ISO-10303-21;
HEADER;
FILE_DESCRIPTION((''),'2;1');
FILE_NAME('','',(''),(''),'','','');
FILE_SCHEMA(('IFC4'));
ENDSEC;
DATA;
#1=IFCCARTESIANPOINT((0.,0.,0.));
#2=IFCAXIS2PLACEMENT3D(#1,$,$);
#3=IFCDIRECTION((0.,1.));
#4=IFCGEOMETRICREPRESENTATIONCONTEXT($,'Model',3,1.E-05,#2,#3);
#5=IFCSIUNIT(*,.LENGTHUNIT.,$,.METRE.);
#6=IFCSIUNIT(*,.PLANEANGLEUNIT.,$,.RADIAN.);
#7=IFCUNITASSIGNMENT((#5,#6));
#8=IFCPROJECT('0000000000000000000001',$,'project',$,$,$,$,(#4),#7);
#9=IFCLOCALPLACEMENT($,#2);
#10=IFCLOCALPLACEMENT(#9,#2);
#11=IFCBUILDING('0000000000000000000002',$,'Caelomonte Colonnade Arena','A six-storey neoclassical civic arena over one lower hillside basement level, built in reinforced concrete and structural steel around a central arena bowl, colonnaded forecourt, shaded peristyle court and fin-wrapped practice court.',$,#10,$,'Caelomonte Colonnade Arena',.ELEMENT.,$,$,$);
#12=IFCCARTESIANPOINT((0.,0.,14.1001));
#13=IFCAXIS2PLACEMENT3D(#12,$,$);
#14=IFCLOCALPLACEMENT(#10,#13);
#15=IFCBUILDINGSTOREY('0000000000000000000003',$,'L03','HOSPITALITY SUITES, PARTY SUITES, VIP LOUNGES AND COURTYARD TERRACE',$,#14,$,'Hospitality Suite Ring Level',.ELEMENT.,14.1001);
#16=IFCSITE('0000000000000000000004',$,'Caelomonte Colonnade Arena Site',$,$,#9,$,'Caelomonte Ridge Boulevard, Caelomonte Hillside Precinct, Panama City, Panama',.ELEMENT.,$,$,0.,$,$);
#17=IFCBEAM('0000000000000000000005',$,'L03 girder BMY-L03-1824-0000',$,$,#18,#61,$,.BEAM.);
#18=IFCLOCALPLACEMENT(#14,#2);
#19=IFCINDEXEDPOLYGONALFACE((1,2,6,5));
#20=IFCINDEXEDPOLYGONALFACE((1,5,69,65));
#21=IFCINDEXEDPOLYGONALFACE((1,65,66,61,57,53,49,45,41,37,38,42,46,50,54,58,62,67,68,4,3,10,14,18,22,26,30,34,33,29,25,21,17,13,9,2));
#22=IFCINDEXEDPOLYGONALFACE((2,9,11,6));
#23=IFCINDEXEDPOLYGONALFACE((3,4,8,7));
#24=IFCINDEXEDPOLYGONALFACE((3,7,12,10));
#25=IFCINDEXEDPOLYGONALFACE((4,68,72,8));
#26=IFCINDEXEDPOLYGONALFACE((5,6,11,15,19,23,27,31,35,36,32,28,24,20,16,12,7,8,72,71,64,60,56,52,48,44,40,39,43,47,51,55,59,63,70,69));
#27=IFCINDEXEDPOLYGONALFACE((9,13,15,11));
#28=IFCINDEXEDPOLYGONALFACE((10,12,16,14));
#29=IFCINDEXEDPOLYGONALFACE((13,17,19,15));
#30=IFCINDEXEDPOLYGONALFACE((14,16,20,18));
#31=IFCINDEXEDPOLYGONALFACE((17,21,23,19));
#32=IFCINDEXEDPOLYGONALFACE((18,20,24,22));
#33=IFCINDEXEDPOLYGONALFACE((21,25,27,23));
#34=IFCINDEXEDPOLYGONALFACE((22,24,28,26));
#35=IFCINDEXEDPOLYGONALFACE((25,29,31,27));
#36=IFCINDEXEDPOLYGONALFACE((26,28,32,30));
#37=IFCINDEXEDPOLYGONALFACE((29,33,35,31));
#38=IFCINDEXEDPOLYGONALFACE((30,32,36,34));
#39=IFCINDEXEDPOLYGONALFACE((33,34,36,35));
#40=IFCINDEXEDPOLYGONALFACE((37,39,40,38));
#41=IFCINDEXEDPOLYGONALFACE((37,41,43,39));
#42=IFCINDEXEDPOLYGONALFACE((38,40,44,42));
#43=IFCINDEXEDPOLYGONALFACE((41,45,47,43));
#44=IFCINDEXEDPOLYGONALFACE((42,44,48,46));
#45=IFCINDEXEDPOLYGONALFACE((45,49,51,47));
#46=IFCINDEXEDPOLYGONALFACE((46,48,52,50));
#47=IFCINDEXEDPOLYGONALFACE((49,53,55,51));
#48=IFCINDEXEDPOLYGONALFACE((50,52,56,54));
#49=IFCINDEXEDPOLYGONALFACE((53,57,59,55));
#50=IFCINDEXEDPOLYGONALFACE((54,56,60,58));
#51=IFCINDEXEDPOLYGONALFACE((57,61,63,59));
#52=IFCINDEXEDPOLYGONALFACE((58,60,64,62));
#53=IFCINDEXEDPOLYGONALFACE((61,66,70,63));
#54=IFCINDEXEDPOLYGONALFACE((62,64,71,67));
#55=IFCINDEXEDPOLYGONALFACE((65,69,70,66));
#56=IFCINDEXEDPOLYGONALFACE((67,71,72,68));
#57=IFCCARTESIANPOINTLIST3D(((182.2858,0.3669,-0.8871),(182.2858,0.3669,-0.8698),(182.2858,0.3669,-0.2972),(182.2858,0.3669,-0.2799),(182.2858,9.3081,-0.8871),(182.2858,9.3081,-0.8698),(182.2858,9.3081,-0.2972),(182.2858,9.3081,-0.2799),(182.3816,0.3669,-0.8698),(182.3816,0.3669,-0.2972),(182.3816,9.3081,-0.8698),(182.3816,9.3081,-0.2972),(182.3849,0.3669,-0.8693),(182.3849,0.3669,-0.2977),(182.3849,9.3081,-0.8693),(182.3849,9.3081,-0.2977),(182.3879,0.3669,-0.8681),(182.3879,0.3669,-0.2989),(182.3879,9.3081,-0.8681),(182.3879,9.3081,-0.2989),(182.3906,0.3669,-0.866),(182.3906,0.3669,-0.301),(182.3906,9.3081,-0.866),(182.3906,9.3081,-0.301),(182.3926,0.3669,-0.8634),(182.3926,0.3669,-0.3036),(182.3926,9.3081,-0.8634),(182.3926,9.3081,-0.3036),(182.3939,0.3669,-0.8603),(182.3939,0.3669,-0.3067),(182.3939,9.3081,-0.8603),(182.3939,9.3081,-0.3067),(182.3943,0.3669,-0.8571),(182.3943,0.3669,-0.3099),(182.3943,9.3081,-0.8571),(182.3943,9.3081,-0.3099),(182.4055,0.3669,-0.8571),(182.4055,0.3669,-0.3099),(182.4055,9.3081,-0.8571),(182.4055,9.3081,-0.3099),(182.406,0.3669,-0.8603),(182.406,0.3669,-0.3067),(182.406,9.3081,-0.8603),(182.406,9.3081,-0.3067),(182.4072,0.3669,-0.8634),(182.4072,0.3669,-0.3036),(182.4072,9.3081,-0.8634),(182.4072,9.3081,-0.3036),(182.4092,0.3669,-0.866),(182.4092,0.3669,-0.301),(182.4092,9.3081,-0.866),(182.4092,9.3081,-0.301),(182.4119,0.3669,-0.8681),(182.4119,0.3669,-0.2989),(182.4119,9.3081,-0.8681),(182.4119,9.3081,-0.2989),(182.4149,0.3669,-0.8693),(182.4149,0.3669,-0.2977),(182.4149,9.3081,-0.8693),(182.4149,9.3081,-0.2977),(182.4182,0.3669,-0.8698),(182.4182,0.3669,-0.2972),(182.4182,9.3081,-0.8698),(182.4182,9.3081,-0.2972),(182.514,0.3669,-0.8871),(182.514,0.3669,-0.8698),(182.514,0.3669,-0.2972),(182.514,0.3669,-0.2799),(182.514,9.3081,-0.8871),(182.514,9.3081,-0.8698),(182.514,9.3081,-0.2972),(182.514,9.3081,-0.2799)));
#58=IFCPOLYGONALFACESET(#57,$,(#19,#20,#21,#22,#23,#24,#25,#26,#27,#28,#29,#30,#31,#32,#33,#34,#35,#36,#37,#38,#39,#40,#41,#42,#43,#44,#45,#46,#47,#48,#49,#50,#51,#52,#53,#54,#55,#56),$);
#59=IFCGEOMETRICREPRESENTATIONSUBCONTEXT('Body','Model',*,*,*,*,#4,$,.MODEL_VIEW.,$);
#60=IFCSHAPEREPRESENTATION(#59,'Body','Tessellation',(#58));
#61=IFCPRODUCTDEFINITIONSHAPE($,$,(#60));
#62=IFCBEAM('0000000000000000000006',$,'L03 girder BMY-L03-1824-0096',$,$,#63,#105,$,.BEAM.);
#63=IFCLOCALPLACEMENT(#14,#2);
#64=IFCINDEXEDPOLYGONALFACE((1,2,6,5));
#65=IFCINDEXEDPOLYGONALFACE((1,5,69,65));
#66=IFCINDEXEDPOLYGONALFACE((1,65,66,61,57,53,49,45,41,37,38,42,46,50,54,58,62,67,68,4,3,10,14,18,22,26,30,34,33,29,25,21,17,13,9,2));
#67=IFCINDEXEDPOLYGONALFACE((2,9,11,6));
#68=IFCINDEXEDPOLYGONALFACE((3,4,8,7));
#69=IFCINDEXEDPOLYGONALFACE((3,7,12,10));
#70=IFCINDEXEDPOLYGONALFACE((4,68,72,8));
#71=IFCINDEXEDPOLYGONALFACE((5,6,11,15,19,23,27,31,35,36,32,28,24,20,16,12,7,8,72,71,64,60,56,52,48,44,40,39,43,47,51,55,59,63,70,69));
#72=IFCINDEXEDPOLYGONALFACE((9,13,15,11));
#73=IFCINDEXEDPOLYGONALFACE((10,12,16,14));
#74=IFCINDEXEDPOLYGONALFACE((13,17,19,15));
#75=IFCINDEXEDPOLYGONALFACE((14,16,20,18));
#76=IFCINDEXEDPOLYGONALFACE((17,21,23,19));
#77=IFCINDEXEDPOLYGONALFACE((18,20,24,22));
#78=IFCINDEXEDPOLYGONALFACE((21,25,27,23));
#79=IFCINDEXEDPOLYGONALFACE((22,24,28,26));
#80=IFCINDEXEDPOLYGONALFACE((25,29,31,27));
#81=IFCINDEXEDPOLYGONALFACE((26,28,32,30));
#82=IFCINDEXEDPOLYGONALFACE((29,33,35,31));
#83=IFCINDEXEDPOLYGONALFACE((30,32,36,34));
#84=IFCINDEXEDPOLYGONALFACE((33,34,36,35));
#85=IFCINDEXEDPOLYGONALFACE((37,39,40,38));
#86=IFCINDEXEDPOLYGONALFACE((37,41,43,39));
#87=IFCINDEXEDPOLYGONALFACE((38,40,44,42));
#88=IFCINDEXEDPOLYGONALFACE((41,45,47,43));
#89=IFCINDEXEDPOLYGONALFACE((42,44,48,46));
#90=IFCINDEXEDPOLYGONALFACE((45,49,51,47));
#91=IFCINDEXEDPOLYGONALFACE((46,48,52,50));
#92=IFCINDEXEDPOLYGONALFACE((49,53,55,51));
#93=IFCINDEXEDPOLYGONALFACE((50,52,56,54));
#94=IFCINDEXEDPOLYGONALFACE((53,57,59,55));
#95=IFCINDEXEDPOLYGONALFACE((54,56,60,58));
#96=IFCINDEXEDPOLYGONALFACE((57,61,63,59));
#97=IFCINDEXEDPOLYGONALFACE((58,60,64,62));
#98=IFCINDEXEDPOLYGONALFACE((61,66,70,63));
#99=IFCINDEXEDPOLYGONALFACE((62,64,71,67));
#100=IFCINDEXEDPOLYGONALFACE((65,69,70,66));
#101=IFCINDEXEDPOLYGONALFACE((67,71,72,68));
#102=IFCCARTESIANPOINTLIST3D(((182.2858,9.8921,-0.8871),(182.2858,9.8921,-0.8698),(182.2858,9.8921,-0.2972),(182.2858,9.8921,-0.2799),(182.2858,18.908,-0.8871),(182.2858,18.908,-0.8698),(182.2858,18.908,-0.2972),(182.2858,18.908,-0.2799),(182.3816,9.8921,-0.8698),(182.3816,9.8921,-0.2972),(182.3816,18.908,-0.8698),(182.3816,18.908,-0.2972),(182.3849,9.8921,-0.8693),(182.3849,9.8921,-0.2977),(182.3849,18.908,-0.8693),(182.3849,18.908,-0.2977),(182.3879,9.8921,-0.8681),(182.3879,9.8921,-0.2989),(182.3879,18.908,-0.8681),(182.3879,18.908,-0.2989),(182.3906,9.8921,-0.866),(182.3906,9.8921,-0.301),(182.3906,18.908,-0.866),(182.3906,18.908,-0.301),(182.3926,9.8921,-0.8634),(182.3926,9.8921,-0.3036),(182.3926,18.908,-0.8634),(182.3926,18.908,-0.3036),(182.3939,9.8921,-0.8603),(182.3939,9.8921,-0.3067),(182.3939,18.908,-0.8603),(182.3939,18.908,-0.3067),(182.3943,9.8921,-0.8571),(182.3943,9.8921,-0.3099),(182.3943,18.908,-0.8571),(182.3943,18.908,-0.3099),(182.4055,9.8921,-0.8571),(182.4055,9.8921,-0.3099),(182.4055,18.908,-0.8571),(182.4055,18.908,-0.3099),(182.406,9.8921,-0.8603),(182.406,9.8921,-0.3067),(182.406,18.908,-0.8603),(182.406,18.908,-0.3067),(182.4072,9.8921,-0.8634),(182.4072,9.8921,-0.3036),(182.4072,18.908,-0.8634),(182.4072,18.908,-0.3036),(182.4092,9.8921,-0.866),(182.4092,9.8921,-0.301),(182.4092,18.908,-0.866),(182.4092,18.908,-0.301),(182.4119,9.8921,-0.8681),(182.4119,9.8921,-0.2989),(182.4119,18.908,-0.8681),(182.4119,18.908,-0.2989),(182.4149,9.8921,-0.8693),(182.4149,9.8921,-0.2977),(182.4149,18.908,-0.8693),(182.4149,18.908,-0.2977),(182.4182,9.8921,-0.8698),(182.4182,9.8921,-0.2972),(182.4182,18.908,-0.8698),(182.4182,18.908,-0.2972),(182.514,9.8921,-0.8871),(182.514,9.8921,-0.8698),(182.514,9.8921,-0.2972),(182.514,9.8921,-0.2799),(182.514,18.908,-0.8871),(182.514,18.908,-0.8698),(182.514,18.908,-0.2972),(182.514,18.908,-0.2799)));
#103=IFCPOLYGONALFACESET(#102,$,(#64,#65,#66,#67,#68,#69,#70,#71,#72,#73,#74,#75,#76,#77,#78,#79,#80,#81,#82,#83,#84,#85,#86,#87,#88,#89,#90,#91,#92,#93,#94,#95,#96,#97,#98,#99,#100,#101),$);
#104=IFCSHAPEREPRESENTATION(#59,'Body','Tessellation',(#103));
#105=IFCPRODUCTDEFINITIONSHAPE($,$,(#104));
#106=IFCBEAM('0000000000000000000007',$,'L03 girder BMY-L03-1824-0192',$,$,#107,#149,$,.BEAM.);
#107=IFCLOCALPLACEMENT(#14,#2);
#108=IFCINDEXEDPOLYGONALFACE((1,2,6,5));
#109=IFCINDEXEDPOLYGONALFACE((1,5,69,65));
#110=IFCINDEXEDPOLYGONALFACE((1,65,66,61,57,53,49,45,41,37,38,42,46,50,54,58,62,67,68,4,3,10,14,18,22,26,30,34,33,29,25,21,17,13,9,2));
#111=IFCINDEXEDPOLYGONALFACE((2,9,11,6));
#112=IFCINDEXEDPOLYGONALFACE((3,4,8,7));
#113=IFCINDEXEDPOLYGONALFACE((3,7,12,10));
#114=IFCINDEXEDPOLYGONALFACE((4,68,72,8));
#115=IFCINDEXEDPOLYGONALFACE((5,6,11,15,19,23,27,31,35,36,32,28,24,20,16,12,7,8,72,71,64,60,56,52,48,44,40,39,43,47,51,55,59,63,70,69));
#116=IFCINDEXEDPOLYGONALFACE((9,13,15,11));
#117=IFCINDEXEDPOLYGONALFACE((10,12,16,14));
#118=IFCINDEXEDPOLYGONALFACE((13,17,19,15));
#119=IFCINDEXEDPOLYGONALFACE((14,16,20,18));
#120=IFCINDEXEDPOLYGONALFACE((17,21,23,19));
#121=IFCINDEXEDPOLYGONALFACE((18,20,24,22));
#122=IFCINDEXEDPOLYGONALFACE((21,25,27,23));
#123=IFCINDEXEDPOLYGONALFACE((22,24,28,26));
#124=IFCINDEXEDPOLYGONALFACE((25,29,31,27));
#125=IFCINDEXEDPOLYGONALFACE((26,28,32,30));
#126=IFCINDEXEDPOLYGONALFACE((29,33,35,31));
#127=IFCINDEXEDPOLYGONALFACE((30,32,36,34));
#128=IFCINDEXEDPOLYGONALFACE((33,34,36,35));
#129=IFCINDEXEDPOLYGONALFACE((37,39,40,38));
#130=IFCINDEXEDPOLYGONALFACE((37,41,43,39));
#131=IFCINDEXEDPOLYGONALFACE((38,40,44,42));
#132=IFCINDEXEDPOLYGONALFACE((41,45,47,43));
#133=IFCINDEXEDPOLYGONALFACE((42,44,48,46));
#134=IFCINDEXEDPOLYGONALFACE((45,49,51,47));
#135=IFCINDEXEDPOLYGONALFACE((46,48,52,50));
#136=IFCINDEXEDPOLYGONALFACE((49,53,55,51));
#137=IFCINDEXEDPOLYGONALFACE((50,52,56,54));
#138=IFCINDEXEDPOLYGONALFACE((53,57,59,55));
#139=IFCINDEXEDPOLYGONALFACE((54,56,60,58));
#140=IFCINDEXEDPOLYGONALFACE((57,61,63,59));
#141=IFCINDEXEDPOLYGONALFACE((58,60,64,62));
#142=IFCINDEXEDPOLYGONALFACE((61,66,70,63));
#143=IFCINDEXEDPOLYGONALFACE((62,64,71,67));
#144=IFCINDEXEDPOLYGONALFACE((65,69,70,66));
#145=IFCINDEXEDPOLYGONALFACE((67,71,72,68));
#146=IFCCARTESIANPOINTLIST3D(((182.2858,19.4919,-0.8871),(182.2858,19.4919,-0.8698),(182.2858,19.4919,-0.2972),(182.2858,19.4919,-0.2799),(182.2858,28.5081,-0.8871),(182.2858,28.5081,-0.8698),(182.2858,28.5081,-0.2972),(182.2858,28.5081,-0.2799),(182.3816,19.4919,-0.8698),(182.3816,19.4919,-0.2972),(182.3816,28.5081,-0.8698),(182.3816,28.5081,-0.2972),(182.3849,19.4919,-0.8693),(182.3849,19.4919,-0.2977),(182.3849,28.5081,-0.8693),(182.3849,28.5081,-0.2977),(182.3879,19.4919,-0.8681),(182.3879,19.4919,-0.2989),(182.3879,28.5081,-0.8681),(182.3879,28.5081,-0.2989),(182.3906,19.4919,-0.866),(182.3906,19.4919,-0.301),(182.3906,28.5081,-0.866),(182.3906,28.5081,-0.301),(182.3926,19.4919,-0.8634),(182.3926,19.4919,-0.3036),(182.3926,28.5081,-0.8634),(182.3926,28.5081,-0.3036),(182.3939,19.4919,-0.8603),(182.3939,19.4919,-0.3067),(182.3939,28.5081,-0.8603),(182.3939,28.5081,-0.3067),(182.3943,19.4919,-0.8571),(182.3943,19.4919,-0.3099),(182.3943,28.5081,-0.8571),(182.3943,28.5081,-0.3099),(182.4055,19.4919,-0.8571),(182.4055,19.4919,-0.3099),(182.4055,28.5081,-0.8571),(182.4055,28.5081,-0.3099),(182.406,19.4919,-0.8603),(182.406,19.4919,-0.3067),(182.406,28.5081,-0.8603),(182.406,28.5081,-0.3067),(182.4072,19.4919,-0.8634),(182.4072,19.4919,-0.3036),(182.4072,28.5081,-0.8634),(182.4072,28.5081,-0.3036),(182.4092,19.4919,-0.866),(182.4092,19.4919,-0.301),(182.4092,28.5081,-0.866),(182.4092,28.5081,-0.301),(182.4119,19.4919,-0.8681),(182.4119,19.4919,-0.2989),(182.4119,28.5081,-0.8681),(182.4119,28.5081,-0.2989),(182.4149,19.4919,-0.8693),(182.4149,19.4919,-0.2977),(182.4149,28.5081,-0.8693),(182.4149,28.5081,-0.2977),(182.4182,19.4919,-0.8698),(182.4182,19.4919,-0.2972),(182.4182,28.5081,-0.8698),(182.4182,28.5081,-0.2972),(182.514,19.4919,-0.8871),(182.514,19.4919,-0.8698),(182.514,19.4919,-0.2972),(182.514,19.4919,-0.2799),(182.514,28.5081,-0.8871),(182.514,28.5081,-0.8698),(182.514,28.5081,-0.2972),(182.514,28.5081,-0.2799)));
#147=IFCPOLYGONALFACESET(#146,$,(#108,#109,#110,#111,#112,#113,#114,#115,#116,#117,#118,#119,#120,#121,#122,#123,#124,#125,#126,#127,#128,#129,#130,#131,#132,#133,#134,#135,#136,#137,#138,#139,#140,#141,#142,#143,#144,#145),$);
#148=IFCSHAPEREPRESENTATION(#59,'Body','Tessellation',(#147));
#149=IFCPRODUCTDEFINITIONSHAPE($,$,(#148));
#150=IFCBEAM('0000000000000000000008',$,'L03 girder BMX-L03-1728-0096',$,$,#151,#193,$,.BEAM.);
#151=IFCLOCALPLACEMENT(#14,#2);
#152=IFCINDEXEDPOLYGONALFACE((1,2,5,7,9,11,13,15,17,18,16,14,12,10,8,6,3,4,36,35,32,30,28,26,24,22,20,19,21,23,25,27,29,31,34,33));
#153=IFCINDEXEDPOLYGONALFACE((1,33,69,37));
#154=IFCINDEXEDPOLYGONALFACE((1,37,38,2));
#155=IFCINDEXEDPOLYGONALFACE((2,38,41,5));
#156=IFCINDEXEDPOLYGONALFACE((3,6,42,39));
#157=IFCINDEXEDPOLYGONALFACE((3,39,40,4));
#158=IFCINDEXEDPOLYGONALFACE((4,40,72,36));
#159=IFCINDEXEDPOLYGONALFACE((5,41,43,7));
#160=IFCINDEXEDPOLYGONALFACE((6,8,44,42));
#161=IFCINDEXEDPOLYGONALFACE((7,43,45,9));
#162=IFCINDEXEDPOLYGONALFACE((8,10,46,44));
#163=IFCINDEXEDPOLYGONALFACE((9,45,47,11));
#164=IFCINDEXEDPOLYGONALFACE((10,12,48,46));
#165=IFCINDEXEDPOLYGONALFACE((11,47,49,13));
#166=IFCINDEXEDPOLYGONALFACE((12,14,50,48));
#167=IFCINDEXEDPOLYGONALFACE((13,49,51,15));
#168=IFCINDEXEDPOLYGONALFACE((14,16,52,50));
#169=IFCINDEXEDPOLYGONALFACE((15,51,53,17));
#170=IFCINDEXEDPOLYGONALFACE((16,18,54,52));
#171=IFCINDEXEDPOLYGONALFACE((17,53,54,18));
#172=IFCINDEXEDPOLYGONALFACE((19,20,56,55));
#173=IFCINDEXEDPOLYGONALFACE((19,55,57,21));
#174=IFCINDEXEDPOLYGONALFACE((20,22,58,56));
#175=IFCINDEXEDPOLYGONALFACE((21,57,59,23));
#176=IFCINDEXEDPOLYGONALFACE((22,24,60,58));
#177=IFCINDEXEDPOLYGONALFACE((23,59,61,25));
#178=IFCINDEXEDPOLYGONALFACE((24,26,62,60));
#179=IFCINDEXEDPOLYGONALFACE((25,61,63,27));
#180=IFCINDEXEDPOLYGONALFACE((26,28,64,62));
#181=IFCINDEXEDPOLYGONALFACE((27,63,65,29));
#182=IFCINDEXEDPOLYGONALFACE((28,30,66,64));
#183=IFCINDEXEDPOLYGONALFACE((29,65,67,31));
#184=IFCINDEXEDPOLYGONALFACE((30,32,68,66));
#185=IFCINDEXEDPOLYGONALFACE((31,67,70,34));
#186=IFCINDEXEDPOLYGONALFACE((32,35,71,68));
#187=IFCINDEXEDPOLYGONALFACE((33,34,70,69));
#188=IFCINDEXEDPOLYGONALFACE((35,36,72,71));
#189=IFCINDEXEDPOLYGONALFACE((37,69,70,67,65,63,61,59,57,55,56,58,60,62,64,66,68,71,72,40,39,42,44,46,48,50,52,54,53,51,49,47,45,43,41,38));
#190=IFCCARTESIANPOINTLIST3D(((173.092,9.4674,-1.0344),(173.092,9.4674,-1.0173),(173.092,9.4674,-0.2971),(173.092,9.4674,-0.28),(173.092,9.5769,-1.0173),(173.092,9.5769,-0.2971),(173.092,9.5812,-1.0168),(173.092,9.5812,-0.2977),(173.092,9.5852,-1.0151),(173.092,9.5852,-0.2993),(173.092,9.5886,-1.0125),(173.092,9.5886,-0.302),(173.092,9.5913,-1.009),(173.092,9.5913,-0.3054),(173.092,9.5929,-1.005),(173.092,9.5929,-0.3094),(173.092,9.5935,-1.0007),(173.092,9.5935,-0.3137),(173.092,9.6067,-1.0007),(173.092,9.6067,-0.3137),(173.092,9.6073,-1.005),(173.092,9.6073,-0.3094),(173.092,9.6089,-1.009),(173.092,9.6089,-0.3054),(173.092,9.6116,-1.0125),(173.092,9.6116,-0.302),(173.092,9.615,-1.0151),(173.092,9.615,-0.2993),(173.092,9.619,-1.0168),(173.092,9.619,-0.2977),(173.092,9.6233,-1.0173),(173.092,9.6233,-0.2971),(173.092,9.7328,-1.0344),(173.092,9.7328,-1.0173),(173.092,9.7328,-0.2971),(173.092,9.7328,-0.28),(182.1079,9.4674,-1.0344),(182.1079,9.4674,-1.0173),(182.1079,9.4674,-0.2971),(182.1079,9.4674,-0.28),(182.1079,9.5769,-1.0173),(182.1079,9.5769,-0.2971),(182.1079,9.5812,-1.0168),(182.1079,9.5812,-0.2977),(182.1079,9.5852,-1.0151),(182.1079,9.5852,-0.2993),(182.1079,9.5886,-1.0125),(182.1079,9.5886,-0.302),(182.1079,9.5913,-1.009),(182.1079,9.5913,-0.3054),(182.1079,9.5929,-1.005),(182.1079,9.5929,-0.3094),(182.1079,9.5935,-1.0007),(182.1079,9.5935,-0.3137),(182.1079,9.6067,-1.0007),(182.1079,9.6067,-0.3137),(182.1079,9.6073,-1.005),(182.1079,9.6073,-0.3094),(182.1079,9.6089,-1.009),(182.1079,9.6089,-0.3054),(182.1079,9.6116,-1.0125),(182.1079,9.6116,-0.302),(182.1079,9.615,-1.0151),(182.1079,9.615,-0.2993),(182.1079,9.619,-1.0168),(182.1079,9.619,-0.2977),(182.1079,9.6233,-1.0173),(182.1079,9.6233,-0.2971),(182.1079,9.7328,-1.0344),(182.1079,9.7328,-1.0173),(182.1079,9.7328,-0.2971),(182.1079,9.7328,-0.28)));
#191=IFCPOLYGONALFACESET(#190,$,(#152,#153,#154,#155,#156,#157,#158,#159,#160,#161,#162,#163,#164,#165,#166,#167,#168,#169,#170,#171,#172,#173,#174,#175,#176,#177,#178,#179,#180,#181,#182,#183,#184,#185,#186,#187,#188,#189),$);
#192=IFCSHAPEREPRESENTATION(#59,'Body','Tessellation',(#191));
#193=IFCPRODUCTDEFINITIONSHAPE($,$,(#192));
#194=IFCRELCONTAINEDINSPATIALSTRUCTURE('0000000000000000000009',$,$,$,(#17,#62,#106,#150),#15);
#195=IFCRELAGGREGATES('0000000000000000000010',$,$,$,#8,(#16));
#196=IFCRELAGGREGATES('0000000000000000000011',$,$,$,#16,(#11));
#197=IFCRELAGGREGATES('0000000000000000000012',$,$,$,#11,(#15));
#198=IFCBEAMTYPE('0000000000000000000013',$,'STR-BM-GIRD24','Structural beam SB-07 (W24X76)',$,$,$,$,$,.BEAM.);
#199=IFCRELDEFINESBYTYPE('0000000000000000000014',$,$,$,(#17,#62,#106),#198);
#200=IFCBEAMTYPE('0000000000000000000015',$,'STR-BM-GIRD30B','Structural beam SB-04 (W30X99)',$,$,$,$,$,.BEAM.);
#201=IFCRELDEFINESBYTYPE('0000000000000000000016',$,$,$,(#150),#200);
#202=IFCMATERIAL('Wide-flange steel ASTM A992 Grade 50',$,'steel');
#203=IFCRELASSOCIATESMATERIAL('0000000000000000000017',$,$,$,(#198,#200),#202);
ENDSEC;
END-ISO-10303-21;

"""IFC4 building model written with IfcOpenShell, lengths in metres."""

from ifc_helpers import new_model, si_unit, direction, frame, origin, origin_2d, place, context, subcontext, project, spatial, i_section, extrude, material, material_profile, profile_set, type_object, element, save


model = new_model("IFC4")

# Units and contexts
model_context = context("Model", 3, precision=1e-05, world=origin(), true_north=direction((0.0, 1.0)))
body_context = subcontext(model_context, "Body", "Model", "MODEL_VIEW")
ifc_project = project(units=[si_unit("LENGTHUNIT", "METRE"), si_unit("PLANEANGLEUNIT", "RADIAN")], contexts=[model_context])

# Site, building, storey
site_placement = place(None, origin())
site = spatial("IfcSite", under=ifc_project, at=site_placement, Name="Caelomonte Colonnade Arena Site", LongName="Caelomonte Ridge Boulevard, Caelomonte Hillside Precinct, Panama City, Panama", CompositionType="ELEMENT", RefElevation=0.0)
building_placement = place(site_placement, origin())
building = spatial("IfcBuilding", under=site, at=building_placement, Name="Caelomonte Colonnade Arena", Description="A six-storey neoclassical civic arena over one lower hillside basement level, built in reinforced concrete and structural steel around a central arena bowl, colonnaded forecourt, shaded peristyle court and fin-wrapped practice court.", LongName="Caelomonte Colonnade Arena", CompositionType="ELEMENT")
storey_placement = place(building_placement, frame((0.0, 0.0, 14.1001)))
storey = spatial("IfcBuildingStorey", under=building, at=storey_placement, Name="L03", Description="HOSPITALITY SUITES, PARTY SUITES, VIP LOUNGES AND COURTYARD TERRACE", LongName="Hospitality Suite Ring Level", CompositionType="ELEMENT", Elevation=14.1001)

# Beams
ifc_material_1 = material(Name="Wide-flange steel ASTM A992 Grade 50", Category="steel")
ifc_material_profile_1 = material_profile(ifc_material_1, i_section(OverallWidth=0.2283, OverallDepth=0.6072, WebThickness=0.0112, FlangeThickness=0.0173, FilletRadius=0.0127, at=origin_2d()), Name="W24X76")
ifc_profile_set_1 = profile_set([ifc_material_profile_1], Name="Wide-flange steel ASTM A992 Grade 50")
beam_type_1 = type_object("IfcBeamType", Name="STR-BM-GIRD24", Description="Structural beam SB-07 (W24X76)", PredefinedType="BEAM", material=ifc_profile_set_1)
beam_1_placement = place(storey_placement, frame((182.3999, 0.3669, -0.5835), z_axis=(0.0, 1.0, 0.0), x_axis=(-1.0, 0.0, 0.0)))
element("IfcBeam", 1, at=beam_1_placement, inside=storey, type_object=beam_type_1, Name="L03 girder BMY-L03-1824-0000", PredefinedType="BEAM", context=body_context, shape_type="SweptSolid", body=[
    extrude(i_section(OverallWidth=0.2283, OverallDepth=0.6072, WebThickness=0.0112, FlangeThickness=0.0173, FilletRadius=0.0127, at=origin_2d()), origin(), (0.0, 0.0, 1.0), 8.9412),
])
beam_2_placement = place(storey_placement, frame((182.3999, 9.8921, -0.5835), z_axis=(0.0, 1.0, 0.0), x_axis=(-1.0, 0.0, 0.0)))
element("IfcBeam", 2, at=beam_2_placement, inside=storey, type_object=beam_type_1, Name="L03 girder BMY-L03-1824-0096", PredefinedType="BEAM", context=body_context, shape_type="SweptSolid", body=[
    extrude(i_section(OverallWidth=0.2283, OverallDepth=0.6072, WebThickness=0.0112, FlangeThickness=0.0173, FilletRadius=0.0127, at=origin_2d()), origin(), (0.0, 0.0, 1.0), 9.0159),
])
beam_3_placement = place(storey_placement, frame((182.3999, 19.4919, -0.5835), z_axis=(0.0, 1.0, 0.0), x_axis=(-1.0, 0.0, 0.0)))
element("IfcBeam", 3, at=beam_3_placement, inside=storey, type_object=beam_type_1, Name="L03 girder BMY-L03-1824-0192", PredefinedType="BEAM", context=body_context, shape_type="SweptSolid", body=[
    extrude(i_section(OverallWidth=0.2283, OverallDepth=0.6072, WebThickness=0.0112, FlangeThickness=0.0173, FilletRadius=0.0127, at=origin_2d()), origin(), (0.0, 0.0, 1.0), 9.0161),
])
ifc_material_profile_2 = material_profile(ifc_material_1, i_section(OverallWidth=0.2654, OverallDepth=0.7544, WebThickness=0.0132, FlangeThickness=0.0171, FilletRadius=0.0166, at=origin_2d()), Name="W30X99")
ifc_profile_set_2 = profile_set([ifc_material_profile_2], Name="Wide-flange steel ASTM A992 Grade 50")
beam_type_2 = type_object("IfcBeamType", Name="STR-BM-GIRD30B", Description="Structural beam SB-04 (W30X99)", PredefinedType="BEAM", material=ifc_profile_set_2)
beam_4_placement = place(storey_placement, frame((173.092, 9.6001, -0.6572), z_axis=(1.0, 0.0, 0.0), x_axis=(0.0, 1.0, 0.0)))
element("IfcBeam", 4, at=beam_4_placement, inside=storey, type_object=beam_type_2, Name="L03 girder BMX-L03-1728-0096", PredefinedType="BEAM", context=body_context, shape_type="SweptSolid", body=[
    extrude(i_section(OverallWidth=0.2654, OverallDepth=0.7544, WebThickness=0.0132, FlangeThickness=0.0171, FilletRadius=0.0166, at=origin_2d()), origin(), (0.0, 0.0, 1.0), 9.0159),
])

save(model, "model.ifc")
